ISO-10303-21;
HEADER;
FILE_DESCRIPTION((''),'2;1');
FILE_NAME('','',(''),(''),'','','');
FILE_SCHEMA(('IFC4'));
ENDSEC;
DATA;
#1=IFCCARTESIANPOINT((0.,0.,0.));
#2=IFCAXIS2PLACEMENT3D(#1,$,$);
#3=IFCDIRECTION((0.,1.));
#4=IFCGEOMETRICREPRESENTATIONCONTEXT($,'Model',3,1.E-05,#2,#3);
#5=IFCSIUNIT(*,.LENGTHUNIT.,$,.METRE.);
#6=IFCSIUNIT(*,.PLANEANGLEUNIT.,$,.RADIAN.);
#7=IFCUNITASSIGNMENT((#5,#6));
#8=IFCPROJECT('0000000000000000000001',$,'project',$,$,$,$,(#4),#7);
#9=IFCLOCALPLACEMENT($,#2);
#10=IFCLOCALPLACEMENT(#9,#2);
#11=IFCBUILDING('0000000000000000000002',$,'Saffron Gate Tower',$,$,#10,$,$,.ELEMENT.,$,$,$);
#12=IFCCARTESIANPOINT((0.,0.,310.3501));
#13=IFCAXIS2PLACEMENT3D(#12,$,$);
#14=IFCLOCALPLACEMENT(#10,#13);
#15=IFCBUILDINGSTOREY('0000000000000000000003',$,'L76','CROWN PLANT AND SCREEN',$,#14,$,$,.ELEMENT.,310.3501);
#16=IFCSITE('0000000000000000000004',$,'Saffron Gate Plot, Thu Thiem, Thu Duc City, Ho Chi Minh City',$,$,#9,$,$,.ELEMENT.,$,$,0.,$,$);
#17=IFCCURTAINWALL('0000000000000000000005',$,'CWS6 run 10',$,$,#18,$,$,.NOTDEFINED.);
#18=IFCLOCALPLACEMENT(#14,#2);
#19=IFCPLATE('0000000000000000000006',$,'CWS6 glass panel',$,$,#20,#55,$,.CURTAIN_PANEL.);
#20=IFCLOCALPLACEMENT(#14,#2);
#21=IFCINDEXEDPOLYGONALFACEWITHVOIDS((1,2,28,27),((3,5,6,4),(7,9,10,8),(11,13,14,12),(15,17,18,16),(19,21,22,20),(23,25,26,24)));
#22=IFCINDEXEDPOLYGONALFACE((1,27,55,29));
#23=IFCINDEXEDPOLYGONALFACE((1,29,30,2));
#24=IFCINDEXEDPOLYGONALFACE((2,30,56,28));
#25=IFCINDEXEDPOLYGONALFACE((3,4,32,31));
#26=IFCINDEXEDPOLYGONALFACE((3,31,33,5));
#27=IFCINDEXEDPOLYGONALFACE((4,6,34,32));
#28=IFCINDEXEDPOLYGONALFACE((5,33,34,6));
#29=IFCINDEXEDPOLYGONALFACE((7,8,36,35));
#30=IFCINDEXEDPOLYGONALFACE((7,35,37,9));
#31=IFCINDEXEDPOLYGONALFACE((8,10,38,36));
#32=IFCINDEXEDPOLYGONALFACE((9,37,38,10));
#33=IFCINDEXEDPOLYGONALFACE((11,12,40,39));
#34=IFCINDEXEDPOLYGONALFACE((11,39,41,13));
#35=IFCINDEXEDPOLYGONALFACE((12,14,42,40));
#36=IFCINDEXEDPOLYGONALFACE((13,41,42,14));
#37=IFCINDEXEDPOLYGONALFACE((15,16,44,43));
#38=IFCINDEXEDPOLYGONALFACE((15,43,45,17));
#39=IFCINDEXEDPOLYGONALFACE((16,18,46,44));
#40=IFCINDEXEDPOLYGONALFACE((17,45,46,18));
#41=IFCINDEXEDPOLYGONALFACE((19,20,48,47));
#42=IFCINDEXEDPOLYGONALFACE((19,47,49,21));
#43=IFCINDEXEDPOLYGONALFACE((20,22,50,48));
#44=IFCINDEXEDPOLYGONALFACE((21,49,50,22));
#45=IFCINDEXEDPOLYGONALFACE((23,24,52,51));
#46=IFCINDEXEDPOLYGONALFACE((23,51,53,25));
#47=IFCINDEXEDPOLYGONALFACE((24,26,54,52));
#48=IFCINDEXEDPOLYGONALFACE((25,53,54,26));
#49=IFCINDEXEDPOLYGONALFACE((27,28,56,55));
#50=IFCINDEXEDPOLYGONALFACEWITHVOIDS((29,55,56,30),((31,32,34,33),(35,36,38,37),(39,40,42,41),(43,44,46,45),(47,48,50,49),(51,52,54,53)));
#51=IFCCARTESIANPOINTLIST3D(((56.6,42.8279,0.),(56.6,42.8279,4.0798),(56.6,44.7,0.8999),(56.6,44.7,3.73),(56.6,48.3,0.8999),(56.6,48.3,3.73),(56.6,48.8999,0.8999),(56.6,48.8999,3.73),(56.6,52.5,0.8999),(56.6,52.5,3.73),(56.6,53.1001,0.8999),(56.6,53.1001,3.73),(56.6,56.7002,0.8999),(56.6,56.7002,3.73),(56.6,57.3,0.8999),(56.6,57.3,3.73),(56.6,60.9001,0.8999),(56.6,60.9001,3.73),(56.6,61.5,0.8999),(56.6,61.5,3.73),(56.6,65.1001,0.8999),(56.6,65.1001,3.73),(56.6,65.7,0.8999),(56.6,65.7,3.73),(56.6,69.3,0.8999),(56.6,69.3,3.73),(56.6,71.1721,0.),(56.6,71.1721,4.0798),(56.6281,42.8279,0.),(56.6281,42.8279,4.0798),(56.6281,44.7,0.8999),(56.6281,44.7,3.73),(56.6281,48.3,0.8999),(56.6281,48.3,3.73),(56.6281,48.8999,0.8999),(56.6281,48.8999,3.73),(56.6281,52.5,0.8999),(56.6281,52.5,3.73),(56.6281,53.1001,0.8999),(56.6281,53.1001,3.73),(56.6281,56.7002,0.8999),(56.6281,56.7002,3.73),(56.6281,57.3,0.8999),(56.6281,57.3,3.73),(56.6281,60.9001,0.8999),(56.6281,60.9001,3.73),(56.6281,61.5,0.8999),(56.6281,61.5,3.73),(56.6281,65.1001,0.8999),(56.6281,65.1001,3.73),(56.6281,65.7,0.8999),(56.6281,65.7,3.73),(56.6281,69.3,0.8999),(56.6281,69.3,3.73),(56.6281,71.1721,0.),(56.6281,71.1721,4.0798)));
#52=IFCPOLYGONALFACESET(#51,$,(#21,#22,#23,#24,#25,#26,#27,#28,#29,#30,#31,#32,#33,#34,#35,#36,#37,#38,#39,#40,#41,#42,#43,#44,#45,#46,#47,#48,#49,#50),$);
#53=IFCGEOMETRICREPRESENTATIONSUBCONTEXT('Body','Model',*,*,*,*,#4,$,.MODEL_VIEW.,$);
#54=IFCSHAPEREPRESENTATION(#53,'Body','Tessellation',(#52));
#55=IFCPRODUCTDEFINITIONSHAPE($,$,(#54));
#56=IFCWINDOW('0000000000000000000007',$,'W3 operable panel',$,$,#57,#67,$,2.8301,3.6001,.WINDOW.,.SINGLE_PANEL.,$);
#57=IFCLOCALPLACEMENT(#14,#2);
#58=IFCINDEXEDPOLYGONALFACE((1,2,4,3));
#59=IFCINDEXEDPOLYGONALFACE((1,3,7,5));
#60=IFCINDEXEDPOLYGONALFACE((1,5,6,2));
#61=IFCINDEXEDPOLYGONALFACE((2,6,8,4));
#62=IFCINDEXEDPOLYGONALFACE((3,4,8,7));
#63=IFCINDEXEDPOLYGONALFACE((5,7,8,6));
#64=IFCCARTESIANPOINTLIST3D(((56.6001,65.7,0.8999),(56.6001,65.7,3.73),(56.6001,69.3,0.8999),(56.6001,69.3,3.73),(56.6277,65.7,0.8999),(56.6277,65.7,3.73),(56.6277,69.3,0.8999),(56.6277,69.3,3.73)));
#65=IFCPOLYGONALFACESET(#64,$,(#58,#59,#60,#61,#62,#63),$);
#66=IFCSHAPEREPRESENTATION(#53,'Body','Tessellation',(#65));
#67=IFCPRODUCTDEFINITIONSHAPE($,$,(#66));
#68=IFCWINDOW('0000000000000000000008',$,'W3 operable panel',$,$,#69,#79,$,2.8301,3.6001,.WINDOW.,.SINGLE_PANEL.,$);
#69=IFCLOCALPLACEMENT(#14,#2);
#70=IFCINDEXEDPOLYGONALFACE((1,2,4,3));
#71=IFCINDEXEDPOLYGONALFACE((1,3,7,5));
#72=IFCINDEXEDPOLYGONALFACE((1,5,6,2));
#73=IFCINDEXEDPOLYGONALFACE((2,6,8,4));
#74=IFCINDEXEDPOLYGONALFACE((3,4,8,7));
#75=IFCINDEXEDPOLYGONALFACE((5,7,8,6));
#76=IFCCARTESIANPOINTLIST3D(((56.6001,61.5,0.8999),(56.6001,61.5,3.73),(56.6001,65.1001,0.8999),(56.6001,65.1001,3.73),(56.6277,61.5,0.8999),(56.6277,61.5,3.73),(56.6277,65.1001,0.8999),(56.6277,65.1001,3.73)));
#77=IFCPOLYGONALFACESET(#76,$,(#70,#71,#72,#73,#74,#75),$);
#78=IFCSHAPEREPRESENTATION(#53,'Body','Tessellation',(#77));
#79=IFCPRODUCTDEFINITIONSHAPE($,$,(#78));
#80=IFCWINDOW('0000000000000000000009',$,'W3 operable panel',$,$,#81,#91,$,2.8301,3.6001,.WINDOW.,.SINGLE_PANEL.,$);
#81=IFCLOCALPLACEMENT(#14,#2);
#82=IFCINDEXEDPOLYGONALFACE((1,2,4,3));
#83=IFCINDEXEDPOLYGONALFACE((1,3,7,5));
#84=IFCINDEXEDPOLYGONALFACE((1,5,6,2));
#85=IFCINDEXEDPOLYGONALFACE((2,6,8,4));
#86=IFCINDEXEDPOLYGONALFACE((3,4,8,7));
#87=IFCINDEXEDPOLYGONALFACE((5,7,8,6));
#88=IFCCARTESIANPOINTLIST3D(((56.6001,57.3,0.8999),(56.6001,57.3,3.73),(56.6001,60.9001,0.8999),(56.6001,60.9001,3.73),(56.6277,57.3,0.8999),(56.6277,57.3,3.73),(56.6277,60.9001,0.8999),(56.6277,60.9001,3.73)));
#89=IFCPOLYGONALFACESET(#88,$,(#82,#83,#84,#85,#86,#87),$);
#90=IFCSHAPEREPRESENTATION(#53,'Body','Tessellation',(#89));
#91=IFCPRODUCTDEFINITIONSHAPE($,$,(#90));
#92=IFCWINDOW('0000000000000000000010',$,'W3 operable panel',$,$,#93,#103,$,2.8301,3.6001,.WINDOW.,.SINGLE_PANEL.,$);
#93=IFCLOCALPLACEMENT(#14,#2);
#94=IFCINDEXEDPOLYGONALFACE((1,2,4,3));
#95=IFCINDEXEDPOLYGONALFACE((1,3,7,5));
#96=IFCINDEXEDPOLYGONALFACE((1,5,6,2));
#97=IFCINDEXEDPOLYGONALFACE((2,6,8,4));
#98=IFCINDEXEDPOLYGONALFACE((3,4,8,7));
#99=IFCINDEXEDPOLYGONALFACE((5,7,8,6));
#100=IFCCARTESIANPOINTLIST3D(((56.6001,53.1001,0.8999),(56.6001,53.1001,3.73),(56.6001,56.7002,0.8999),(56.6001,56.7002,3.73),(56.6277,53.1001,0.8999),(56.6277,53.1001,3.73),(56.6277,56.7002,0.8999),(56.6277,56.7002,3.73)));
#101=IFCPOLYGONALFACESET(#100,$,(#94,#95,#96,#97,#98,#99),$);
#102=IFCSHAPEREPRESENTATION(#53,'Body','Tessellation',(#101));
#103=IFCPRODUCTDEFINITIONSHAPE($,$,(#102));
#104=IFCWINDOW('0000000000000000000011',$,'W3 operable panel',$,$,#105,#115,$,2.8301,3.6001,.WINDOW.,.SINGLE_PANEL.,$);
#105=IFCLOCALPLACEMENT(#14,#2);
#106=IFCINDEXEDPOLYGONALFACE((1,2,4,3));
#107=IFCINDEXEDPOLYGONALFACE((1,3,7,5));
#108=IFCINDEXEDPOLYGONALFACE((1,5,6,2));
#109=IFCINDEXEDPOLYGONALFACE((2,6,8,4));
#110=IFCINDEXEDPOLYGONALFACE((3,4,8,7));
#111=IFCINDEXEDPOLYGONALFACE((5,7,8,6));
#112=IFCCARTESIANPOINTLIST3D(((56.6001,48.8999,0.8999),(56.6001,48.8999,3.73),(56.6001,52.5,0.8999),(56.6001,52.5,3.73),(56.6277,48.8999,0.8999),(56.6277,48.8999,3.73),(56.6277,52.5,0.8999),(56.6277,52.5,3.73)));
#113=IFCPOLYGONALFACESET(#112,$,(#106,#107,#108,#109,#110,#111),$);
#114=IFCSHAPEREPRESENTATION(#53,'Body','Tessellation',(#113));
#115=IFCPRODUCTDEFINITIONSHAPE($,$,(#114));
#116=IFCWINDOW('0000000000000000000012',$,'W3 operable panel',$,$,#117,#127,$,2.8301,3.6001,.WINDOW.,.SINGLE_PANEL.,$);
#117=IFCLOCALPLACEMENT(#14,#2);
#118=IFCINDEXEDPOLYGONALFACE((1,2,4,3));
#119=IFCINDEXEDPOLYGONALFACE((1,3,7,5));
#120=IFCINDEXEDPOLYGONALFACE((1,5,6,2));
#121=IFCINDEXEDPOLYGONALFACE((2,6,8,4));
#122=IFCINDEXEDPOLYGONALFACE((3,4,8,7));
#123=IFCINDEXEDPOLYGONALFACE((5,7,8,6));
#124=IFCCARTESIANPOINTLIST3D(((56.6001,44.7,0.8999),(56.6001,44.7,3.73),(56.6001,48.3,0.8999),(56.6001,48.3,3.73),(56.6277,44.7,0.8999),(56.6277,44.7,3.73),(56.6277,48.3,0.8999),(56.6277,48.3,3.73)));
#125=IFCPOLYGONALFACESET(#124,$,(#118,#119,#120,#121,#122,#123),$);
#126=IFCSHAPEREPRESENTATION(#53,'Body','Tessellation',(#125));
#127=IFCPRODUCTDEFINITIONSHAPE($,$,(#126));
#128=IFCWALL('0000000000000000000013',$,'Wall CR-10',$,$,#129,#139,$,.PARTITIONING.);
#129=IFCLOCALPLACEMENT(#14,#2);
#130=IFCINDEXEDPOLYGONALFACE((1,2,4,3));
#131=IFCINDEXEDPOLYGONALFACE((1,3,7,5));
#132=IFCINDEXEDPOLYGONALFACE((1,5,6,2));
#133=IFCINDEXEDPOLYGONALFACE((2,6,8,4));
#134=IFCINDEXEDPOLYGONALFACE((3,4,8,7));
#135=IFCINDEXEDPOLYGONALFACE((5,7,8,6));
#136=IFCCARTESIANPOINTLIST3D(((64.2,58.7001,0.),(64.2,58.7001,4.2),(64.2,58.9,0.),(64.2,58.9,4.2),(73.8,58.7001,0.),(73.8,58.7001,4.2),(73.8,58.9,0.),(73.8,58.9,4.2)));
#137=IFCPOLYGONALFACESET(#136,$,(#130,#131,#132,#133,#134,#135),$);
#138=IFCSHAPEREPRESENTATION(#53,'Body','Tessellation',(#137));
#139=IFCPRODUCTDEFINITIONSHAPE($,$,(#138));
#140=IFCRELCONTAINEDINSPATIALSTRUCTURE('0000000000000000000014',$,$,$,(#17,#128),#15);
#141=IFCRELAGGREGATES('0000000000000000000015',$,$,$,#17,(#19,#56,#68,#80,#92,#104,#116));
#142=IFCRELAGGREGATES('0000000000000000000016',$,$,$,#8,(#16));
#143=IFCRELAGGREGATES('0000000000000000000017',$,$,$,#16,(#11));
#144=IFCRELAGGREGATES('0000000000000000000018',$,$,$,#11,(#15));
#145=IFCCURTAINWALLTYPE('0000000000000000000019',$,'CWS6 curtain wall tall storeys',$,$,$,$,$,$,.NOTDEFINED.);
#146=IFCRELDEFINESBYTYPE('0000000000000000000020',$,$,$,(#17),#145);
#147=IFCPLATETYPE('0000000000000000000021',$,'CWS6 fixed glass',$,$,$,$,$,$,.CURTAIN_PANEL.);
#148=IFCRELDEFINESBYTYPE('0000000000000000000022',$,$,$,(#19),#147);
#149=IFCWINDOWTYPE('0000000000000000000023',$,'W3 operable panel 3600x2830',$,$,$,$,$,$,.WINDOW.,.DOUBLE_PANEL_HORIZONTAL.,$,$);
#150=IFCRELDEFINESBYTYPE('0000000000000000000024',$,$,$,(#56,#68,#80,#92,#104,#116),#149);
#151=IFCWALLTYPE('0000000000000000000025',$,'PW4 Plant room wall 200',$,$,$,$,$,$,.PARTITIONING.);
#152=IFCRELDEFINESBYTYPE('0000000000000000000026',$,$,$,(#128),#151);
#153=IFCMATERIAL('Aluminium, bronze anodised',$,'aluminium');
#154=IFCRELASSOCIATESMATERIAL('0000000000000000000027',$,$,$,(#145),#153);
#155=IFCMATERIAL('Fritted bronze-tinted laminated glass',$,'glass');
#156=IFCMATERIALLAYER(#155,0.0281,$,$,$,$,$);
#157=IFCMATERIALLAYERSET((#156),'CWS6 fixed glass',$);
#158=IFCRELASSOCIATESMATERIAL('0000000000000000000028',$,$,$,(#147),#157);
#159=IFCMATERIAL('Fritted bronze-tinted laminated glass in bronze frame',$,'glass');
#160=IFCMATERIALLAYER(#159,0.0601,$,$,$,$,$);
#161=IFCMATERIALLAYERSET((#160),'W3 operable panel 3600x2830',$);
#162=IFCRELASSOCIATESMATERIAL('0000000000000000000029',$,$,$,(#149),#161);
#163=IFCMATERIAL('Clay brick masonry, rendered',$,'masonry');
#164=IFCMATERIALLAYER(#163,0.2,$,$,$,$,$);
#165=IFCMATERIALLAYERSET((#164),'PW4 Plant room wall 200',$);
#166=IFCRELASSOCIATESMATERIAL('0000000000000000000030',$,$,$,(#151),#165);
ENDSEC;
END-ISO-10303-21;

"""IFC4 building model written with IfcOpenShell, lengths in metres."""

from ifc_helpers import new_model, si_unit, direction, frame, frame_2d, origin, place, context, subcontext, project, spatial, rectangle, extrude, material, layer, layer_set, type_object, element, fill, aggregate, save


model = new_model("IFC4")

# Units and contexts
model_context = context("Model", 3, precision=1e-05, world=origin(), true_north=direction((0.0, 1.0)))
body_context = subcontext(model_context, "Body", "Model", "MODEL_VIEW")
ifc_project = project(units=[si_unit("LENGTHUNIT", "METRE"), si_unit("PLANEANGLEUNIT", "RADIAN")], contexts=[model_context])

# Site, building, storey
site_placement = place(None, origin())
site = spatial("IfcSite", under=ifc_project, at=site_placement, Name="Saffron Gate Plot, Thu Thiem, Thu Duc City, Ho Chi Minh City", CompositionType="ELEMENT", RefElevation=0.0)
building_placement = place(site_placement, origin())
building = spatial("IfcBuilding", under=site, at=building_placement, Name="Saffron Gate Tower", CompositionType="ELEMENT")
storey_placement = place(building_placement, frame((0.0, 0.0, 310.3501)))
storey = spatial("IfcBuildingStorey", under=building, at=storey_placement, Name="L76", Description="CROWN PLANT AND SCREEN", CompositionType="ELEMENT", Elevation=310.3501)

# Curtain wall
ifc_material_1 = material(Name="Aluminium, bronze anodised", Category="aluminium")
curtain_wall_type = type_object("IfcCurtainWallType", Name="CWS6 curtain wall tall storeys", PredefinedType="NOTDEFINED", material=ifc_material_1)
curtain_wall_1_placement = place(storey_placement, origin())
curtain_wall_1 = element("IfcCurtainWall", 1, at=curtain_wall_1_placement, inside=storey, type_object=curtain_wall_type, Name="CWS6 run 10", PredefinedType="NOTDEFINED")

# Shared definitions
ifc_material_2 = material(Name="Fritted bronze-tinted laminated glass", Category="glass")
ifc_layer_1 = layer(ifc_material_2, 0.0281)
ifc_layer_set_1 = layer_set([ifc_layer_1], Name="CWS6 fixed glass")
plate_type = type_object("IfcPlateType", Name="CWS6 fixed glass", PredefinedType="CURTAIN_PANEL", material=ifc_layer_set_1)

# Plate, openings, windows
plate_1_placement = place(storey_placement, frame((56.614, 71.1721, 0.0), z_axis=(0.0, 0.0, 1.0), x_axis=(0.0, -1.0, 0.0)))
plate_1 = element("IfcPlate", 2, at=plate_1_placement, type_object=plate_type, Name="CWS6 glass panel", PredefinedType="CURTAIN_PANEL", context=body_context, shape_type="SweptSolid", body=[
    extrude(rectangle(XDim=28.3442, YDim=0.0281, at=frame_2d((14.1721, 0.0))), origin(), (0.0, 0.0, 1.0), 4.0798),
])
opening_1_placement = place(plate_1_placement, frame((1.8721, 0.0, 0.8999)))
opening_1 = element("IfcOpeningElement", 3, at=opening_1_placement, cuts=plate_1, PredefinedType="OPENING", context=body_context, shape_type="SweptSolid", body=[
    extrude(rectangle(XDim=3.6001, YDim=2.8301, at=frame_2d((1.8, 1.415))), frame((0.0, 0.0239, 0.0), z_axis=(0.0, -1.0, 0.0), x_axis=(1.0, 0.0, 0.0)), (0.0, 0.0, 1.0), 0.0481),
])
opening_2_placement = place(plate_1_placement, frame((6.072, 0.0, 0.8999)))
opening_2 = element("IfcOpeningElement", 4, at=opening_2_placement, cuts=plate_1, PredefinedType="OPENING", context=body_context, shape_type="SweptSolid", body=[
    extrude(rectangle(XDim=3.6001, YDim=2.8301, at=frame_2d((1.8, 1.415))), frame((0.0, 0.0239, 0.0), z_axis=(0.0, -1.0, 0.0), x_axis=(1.0, 0.0, 0.0)), (0.0, 0.0, 1.0), 0.0481),
])
opening_3_placement = place(plate_1_placement, frame((10.272, 0.0, 0.8999)))
opening_3 = element("IfcOpeningElement", 5, at=opening_3_placement, cuts=plate_1, PredefinedType="OPENING", context=body_context, shape_type="SweptSolid", body=[
    extrude(rectangle(XDim=3.6001, YDim=2.8301, at=frame_2d((1.8, 1.415))), frame((0.0, 0.0239, 0.0), z_axis=(0.0, -1.0, 0.0), x_axis=(1.0, 0.0, 0.0)), (0.0, 0.0, 1.0), 0.0481),
])
opening_4_placement = place(plate_1_placement, frame((14.4719, 0.0, 0.8999)))
opening_4 = element("IfcOpeningElement", 6, at=opening_4_placement, cuts=plate_1, PredefinedType="OPENING", context=body_context, shape_type="SweptSolid", body=[
    extrude(rectangle(XDim=3.6001, YDim=2.8301, at=frame_2d((1.8, 1.415))), frame((0.0, 0.0239, 0.0), z_axis=(0.0, -1.0, 0.0), x_axis=(1.0, 0.0, 0.0)), (0.0, 0.0, 1.0), 0.0481),
])
opening_5_placement = place(plate_1_placement, frame((18.6721, 0.0, 0.8999)))
opening_5 = element("IfcOpeningElement", 7, at=opening_5_placement, cuts=plate_1, PredefinedType="OPENING", context=body_context, shape_type="SweptSolid", body=[
    extrude(rectangle(XDim=3.6001, YDim=2.8301, at=frame_2d((1.8, 1.415))), frame((0.0, 0.0239, 0.0), z_axis=(0.0, -1.0, 0.0), x_axis=(1.0, 0.0, 0.0)), (0.0, 0.0, 1.0), 0.0481),
])
opening_6_placement = place(plate_1_placement, frame((22.8721, 0.0, 0.8999)))
opening_6 = element("IfcOpeningElement", 8, at=opening_6_placement, cuts=plate_1, PredefinedType="OPENING", context=body_context, shape_type="SweptSolid", body=[
    extrude(rectangle(XDim=3.6001, YDim=2.8301, at=frame_2d((1.8, 1.415))), frame((0.0, 0.0239, 0.0), z_axis=(0.0, -1.0, 0.0), x_axis=(1.0, 0.0, 0.0)), (0.0, 0.0, 1.0), 0.0481),
])
ifc_material_3 = material(Name="Fritted bronze-tinted laminated glass in bronze frame", Category="glass")
ifc_layer_2 = layer(ifc_material_3, 0.0601)
ifc_layer_set_2 = layer_set([ifc_layer_2], Name="W3 operable panel 3600x2830")
window_type = type_object("IfcWindowType", Name="W3 operable panel 3600x2830", PartitioningType="DOUBLE_PANEL_HORIZONTAL", PredefinedType="WINDOW", material=ifc_layer_set_2)
window_1_placement = place(opening_1_placement, origin())
window_1 = element("IfcWindow", 9, at=window_1_placement, type_object=window_type, Name="W3 operable panel", OverallHeight=2.8301, OverallWidth=3.6001, PartitioningType="SINGLE_PANEL", PredefinedType="WINDOW", context=body_context, shape_type="SweptSolid", body=[
    extrude(rectangle(XDim=3.6001, YDim=2.8301, at=frame_2d((1.8, 1.415))), frame((0.0, 0.0137, 0.0), z_axis=(0.0, -1.0, 0.0), x_axis=(1.0, 0.0, 0.0)), (0.0, 0.0, 1.0), 0.0276),
])
fill(opening_1, window_1)
window_2_placement = place(opening_2_placement, origin())
window_2 = element("IfcWindow", 10, at=window_2_placement, type_object=window_type, Name="W3 operable panel", OverallHeight=2.8301, OverallWidth=3.6001, PartitioningType="SINGLE_PANEL", PredefinedType="WINDOW", context=body_context, shape_type="SweptSolid", body=[
    extrude(rectangle(XDim=3.6001, YDim=2.8301, at=frame_2d((1.8, 1.415))), frame((0.0, 0.0137, 0.0), z_axis=(0.0, -1.0, 0.0), x_axis=(1.0, 0.0, 0.0)), (0.0, 0.0, 1.0), 0.0276),
])
fill(opening_2, window_2)
window_3_placement = place(opening_3_placement, origin())
window_3 = element("IfcWindow", 11, at=window_3_placement, type_object=window_type, Name="W3 operable panel", OverallHeight=2.8301, OverallWidth=3.6001, PartitioningType="SINGLE_PANEL", PredefinedType="WINDOW", context=body_context, shape_type="SweptSolid", body=[
    extrude(rectangle(XDim=3.6001, YDim=2.8301, at=frame_2d((1.8, 1.415))), frame((0.0, 0.0137, 0.0), z_axis=(0.0, -1.0, 0.0), x_axis=(1.0, 0.0, 0.0)), (0.0, 0.0, 1.0), 0.0276),
])
fill(opening_3, window_3)
window_4_placement = place(opening_4_placement, origin())
window_4 = element("IfcWindow", 12, at=window_4_placement, type_object=window_type, Name="W3 operable panel", OverallHeight=2.8301, OverallWidth=3.6001, PartitioningType="SINGLE_PANEL", PredefinedType="WINDOW", context=body_context, shape_type="SweptSolid", body=[
    extrude(rectangle(XDim=3.6001, YDim=2.8301, at=frame_2d((1.8, 1.415))), frame((0.0, 0.0137, 0.0), z_axis=(0.0, -1.0, 0.0), x_axis=(1.0, 0.0, 0.0)), (0.0, 0.0, 1.0), 0.0276),
])
fill(opening_4, window_4)
window_5_placement = place(opening_5_placement, origin())
window_5 = element("IfcWindow", 13, at=window_5_placement, type_object=window_type, Name="W3 operable panel", OverallHeight=2.8301, OverallWidth=3.6001, PartitioningType="SINGLE_PANEL", PredefinedType="WINDOW", context=body_context, shape_type="SweptSolid", body=[
    extrude(rectangle(XDim=3.6001, YDim=2.8301, at=frame_2d((1.8, 1.415))), frame((0.0, 0.0137, 0.0), z_axis=(0.0, -1.0, 0.0), x_axis=(1.0, 0.0, 0.0)), (0.0, 0.0, 1.0), 0.0276),
])
fill(opening_5, window_5)
window_6_placement = place(opening_6_placement, origin())
window_6 = element("IfcWindow", 14, at=window_6_placement, type_object=window_type, Name="W3 operable panel", OverallHeight=2.8301, OverallWidth=3.6001, PartitioningType="SINGLE_PANEL", PredefinedType="WINDOW", context=body_context, shape_type="SweptSolid", body=[
    extrude(rectangle(XDim=3.6001, YDim=2.8301, at=frame_2d((1.8, 1.415))), frame((0.0, 0.0137, 0.0), z_axis=(0.0, -1.0, 0.0), x_axis=(1.0, 0.0, 0.0)), (0.0, 0.0, 1.0), 0.0276),
])
fill(opening_6, window_6)
aggregate(curtain_wall_1, [plate_1, window_1, window_2, window_3, window_4, window_5, window_6])

# Wall
ifc_material_4 = material(Name="Clay brick masonry, rendered", Category="masonry")
ifc_layer_3 = layer(ifc_material_4, 0.2)
ifc_layer_set_3 = layer_set([ifc_layer_3], Name="PW4 Plant room wall 200")
wall_type_1 = type_object("IfcWallType", Name="PW4 Plant room wall 200", PredefinedType="PARTITIONING", material=ifc_layer_set_3)
wall_1_placement = place(storey_placement, frame((64.2, 58.8, 0.0), z_axis=(0.0, 0.0, 1.0), x_axis=(1.0, 0.0, 0.0)))
element("IfcWall", 15, at=wall_1_placement, inside=storey, type_object=wall_type_1, Name="Wall CR-10", PredefinedType="PARTITIONING", context=body_context, shape_type="SweptSolid", body=[
    extrude(rectangle(XDim=9.6001, YDim=0.2, at=frame_2d((4.8, 0.0))), origin(), (0.0, 0.0, 1.0), 4.2),
])

save(model, "model.ifc")
